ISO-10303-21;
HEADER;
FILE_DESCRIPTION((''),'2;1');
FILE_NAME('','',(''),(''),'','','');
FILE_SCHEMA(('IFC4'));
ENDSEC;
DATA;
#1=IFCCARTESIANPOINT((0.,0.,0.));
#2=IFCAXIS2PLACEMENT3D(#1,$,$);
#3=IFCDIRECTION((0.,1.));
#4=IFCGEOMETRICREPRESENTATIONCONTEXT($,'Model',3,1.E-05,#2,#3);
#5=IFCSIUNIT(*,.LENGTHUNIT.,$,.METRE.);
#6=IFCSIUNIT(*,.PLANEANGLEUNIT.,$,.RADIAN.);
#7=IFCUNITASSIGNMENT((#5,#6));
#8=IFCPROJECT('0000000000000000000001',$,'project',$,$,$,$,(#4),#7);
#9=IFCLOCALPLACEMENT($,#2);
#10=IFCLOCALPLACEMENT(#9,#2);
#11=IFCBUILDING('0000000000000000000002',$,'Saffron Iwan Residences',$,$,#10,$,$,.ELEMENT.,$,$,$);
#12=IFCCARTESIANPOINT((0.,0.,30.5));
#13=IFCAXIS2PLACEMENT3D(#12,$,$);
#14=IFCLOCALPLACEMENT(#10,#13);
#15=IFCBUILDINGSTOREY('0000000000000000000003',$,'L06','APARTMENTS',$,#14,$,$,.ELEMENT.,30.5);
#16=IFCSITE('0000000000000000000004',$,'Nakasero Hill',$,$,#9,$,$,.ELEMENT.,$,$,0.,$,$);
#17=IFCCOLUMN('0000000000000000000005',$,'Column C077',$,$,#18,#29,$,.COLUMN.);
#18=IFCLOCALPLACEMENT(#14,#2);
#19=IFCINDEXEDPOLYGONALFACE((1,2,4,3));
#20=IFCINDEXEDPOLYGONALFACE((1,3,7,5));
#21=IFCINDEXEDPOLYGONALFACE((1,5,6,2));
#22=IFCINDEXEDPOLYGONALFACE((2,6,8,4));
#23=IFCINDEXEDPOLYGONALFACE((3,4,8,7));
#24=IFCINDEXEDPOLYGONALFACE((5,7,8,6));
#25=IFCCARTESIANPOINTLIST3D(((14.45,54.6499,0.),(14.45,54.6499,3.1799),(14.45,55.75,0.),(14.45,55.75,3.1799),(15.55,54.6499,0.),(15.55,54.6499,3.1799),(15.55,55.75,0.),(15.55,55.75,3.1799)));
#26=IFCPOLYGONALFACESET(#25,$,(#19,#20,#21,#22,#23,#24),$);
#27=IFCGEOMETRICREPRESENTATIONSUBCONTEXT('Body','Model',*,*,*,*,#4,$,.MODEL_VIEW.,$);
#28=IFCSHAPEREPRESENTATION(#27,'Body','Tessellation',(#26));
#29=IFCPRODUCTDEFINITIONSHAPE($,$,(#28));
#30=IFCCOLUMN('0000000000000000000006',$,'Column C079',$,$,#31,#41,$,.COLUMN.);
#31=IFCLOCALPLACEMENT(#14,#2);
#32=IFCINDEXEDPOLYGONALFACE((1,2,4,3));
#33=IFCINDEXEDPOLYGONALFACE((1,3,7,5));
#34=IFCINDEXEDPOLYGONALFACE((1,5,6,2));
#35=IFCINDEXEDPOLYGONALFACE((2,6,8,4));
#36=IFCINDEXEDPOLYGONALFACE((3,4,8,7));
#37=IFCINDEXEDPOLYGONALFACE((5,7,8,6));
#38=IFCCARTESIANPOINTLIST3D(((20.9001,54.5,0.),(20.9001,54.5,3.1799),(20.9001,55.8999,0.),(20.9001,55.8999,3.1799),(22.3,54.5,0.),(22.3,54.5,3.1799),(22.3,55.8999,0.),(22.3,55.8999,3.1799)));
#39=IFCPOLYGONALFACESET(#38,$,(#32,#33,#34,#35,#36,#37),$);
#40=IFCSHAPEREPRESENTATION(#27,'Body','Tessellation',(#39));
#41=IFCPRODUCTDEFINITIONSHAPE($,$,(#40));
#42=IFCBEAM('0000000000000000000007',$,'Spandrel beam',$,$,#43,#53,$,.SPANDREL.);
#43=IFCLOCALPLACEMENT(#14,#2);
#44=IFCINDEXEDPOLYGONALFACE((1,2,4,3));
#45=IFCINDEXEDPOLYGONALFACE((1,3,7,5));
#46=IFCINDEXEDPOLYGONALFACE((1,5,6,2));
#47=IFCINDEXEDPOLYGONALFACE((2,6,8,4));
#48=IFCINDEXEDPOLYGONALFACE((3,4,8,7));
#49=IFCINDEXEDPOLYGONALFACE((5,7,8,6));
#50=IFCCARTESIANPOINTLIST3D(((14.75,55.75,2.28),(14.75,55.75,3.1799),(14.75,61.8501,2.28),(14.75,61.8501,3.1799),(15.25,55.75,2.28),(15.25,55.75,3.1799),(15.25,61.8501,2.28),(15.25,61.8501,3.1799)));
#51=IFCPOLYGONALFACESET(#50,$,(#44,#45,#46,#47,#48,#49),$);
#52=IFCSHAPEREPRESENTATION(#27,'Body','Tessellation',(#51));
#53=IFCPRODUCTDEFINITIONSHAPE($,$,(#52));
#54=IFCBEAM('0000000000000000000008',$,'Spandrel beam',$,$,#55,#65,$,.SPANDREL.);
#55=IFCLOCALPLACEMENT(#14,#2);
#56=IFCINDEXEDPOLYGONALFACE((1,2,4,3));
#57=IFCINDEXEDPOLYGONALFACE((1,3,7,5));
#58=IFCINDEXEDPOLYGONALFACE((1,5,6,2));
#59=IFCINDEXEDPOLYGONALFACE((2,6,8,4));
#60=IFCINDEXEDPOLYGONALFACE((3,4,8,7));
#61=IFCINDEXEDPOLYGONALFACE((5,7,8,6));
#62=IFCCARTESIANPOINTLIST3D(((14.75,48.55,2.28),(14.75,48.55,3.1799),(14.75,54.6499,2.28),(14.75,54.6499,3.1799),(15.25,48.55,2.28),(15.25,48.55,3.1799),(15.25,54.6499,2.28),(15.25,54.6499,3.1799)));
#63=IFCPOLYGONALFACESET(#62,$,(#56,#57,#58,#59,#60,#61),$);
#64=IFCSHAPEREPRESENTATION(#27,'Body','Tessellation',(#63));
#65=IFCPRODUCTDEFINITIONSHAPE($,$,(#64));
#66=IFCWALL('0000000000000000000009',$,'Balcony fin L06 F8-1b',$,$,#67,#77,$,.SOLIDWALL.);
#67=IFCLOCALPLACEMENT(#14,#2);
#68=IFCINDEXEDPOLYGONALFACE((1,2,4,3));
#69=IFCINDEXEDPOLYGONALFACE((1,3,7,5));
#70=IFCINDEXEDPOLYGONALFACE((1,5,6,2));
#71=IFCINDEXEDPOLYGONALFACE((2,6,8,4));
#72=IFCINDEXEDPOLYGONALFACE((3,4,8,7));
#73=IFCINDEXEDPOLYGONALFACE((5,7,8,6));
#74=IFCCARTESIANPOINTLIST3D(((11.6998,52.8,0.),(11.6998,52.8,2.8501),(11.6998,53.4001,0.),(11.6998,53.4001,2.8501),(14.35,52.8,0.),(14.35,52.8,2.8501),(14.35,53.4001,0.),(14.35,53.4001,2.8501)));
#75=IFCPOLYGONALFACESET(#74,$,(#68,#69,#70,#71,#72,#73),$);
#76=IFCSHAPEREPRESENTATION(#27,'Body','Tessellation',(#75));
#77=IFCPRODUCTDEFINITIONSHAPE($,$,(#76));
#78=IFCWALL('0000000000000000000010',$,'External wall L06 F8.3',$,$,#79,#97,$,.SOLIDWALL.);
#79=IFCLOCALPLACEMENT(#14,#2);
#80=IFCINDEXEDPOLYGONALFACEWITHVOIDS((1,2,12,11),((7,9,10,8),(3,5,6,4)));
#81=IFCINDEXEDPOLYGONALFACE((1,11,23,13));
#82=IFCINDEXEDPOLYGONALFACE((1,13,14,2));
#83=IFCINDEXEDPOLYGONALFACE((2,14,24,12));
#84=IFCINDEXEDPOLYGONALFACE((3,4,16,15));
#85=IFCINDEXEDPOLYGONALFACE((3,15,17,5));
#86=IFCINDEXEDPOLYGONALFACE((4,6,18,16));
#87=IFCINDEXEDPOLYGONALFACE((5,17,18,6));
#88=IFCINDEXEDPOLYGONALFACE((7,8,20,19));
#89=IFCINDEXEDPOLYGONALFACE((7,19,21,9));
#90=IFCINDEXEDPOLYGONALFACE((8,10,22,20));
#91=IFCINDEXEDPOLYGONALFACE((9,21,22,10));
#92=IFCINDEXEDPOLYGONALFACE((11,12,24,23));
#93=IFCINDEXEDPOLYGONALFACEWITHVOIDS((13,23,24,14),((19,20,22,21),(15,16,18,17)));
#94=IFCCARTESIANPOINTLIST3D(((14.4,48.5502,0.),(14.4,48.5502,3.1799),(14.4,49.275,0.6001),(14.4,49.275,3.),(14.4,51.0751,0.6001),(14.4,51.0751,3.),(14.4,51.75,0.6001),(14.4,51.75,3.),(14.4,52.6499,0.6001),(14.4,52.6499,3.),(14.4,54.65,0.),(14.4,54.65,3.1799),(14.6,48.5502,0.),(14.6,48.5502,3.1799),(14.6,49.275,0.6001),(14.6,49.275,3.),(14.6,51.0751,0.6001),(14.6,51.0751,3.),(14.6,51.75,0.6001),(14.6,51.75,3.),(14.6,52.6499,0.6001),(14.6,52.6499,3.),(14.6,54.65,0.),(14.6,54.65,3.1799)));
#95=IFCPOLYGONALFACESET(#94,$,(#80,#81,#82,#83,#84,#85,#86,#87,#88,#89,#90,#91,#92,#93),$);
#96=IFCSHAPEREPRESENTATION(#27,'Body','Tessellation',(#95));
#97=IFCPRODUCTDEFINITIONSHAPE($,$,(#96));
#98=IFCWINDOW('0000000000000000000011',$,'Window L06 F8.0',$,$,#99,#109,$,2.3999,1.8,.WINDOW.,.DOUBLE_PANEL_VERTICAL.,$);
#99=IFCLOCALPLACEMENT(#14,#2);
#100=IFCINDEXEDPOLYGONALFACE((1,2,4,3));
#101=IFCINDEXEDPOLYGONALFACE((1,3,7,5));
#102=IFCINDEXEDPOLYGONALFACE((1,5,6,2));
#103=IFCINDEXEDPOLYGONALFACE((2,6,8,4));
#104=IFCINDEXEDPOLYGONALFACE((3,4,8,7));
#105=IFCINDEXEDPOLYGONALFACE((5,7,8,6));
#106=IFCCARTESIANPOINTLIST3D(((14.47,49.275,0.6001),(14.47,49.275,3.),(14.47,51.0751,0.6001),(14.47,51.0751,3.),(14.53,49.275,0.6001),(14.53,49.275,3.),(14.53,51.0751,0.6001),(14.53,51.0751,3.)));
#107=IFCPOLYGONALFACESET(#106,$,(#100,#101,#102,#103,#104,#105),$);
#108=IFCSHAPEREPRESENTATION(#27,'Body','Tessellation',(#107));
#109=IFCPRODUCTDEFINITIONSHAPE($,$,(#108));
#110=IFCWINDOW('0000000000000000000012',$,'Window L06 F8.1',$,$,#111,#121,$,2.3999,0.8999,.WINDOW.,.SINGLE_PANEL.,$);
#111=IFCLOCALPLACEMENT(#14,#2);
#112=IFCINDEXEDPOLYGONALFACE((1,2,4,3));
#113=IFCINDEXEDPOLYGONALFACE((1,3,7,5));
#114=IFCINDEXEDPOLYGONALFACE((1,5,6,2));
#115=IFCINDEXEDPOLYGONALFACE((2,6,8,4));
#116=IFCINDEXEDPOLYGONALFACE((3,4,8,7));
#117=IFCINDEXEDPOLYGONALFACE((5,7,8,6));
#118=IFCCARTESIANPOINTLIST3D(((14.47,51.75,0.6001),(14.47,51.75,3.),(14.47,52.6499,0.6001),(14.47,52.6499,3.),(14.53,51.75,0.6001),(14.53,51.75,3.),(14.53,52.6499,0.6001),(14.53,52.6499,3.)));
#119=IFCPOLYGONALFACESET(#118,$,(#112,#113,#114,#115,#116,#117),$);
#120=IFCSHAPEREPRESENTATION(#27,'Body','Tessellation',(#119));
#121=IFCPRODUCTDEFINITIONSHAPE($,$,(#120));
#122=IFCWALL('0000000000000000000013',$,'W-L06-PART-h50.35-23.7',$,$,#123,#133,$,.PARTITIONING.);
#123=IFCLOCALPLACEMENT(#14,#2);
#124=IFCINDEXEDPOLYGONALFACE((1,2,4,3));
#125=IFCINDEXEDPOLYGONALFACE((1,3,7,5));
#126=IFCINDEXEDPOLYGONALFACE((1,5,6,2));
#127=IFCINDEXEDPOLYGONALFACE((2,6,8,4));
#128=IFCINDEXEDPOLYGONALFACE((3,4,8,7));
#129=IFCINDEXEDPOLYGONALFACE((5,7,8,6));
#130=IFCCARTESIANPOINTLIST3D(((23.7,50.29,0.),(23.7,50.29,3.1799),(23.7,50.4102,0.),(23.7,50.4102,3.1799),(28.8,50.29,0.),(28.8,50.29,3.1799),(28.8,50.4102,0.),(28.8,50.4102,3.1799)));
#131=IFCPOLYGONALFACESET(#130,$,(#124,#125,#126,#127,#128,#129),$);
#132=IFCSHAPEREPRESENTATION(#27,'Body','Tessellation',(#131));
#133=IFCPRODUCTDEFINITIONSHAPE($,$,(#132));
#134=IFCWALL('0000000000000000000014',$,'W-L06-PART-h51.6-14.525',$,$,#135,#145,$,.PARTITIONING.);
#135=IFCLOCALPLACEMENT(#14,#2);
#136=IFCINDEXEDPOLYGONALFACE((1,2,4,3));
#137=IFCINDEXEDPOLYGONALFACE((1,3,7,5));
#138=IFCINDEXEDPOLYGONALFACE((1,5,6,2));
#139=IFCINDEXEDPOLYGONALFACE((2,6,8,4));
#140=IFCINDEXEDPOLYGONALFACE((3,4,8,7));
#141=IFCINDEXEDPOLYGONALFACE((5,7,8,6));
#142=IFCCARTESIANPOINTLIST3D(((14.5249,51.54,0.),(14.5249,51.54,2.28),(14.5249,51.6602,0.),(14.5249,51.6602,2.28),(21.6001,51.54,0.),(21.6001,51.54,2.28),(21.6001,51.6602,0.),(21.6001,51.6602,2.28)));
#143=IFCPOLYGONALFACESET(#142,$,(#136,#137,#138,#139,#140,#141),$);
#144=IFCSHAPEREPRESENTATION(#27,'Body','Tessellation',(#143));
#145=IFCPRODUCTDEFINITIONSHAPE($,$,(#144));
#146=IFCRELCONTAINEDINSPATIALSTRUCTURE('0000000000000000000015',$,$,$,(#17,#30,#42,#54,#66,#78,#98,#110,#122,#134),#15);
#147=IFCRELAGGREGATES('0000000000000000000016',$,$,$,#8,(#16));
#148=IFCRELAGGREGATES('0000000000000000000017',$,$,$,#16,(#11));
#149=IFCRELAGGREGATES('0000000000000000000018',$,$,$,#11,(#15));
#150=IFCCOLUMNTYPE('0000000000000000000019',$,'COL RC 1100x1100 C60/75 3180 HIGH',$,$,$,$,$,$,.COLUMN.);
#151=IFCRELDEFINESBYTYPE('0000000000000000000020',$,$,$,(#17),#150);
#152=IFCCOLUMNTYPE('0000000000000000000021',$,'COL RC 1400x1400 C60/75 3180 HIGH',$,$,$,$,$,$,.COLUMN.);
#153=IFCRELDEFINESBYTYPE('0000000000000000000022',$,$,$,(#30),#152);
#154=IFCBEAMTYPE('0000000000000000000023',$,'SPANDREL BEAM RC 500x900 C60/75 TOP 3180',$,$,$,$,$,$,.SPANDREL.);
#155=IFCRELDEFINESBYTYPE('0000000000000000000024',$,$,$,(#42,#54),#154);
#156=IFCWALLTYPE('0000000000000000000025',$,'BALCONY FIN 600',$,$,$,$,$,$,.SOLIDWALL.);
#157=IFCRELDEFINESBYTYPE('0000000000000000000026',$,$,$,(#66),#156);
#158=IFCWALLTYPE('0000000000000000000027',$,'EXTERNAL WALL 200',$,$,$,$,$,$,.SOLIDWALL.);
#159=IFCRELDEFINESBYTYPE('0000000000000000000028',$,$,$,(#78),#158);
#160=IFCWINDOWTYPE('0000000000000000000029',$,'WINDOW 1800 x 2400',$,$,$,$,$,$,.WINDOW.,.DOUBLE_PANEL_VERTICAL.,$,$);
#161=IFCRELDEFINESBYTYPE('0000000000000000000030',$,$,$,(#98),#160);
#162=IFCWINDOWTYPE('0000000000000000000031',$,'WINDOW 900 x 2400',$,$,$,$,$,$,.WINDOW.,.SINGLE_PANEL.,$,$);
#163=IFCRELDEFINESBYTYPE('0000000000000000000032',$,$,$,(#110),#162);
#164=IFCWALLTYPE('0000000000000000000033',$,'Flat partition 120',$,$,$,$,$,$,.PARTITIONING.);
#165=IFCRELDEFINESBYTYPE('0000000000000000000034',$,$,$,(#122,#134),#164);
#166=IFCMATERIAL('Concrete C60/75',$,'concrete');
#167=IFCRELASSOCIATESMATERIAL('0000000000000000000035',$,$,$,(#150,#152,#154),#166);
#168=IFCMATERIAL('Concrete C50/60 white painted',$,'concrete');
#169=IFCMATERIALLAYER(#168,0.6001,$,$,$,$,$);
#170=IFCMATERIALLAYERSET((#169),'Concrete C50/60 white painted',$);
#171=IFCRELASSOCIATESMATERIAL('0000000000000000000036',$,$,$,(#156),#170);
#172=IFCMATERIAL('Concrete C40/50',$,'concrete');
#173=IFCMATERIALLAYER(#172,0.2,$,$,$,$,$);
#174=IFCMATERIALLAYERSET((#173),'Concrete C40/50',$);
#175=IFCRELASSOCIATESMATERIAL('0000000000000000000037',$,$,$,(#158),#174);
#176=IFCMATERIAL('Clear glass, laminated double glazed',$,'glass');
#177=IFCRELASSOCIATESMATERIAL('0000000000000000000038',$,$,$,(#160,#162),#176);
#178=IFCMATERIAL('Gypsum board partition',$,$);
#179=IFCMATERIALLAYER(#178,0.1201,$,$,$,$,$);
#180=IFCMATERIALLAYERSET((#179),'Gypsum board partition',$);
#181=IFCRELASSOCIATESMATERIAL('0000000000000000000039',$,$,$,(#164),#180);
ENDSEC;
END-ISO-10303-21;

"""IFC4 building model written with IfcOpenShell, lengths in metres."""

from ifc_helpers import new_model, si_unit, direction, frame, frame_2d, origin, origin_2d, place, context, subcontext, project, spatial, rectangle, extrude, source, transform, mapped, material, layer, layer_set, material_profile, profile_set, type_object, element, fill, save


model = new_model("IFC4")

# Units and contexts
model_context = context("Model", 3, precision=1e-05, world=origin(), true_north=direction((0.0, 1.0)))
body_context = subcontext(model_context, "Body", "Model", "MODEL_VIEW")
ifc_project = project(units=[si_unit("LENGTHUNIT", "METRE"), si_unit("PLANEANGLEUNIT", "RADIAN")], contexts=[model_context])

# Site, building, storey
site_placement = place(None, origin())
site = spatial("IfcSite", under=ifc_project, at=site_placement, Name="Nakasero Hill", CompositionType="ELEMENT", RefElevation=0.0)
building_placement = place(site_placement, origin())
building = spatial("IfcBuilding", under=site, at=building_placement, Name="Saffron Iwan Residences", CompositionType="ELEMENT")
storey_placement = place(building_placement, frame((0.0, 0.0, 30.5)))
storey = spatial("IfcBuildingStorey", under=building, at=storey_placement, Name="L06", Description="APARTMENTS", CompositionType="ELEMENT", Elevation=30.5)

# Columns
ifc_material_1 = material(Name="Concrete C60/75", Category="concrete")
ifc_material_profile_1 = material_profile(ifc_material_1, rectangle(XDim=1.1001, YDim=1.1001, at=origin_2d()), Name="RC 1100x1100")
ifc_profile_set_1 = profile_set([ifc_material_profile_1], Name="Concrete C60/75")
column_type_1 = type_object("IfcColumnType", Name="COL RC 1100x1100 C60/75 3180 HIGH", PredefinedType="COLUMN", material=ifc_profile_set_1)
shared_shape_1 = source(origin(), body_context, "Body", "SweptSolid", [
    extrude(rectangle(XDim=1.1001, YDim=1.1001, at=origin_2d()), origin(), (0.0, 0.0, 1.0), 3.1799),
])
column_1_placement = place(storey_placement, frame((15.0, 55.2, 0.0), z_axis=(0.0, 0.0, 1.0), x_axis=(1.0, 0.0, 0.0)))
element("IfcColumn", 1, at=column_1_placement, inside=storey, type_object=column_type_1, Name="Column C077", PredefinedType="COLUMN", context=body_context, shape_type="MappedRepresentation", body=[
    mapped(shared_shape_1, transform((0.0, 0.0, 0.0))),
])
ifc_material_profile_2 = material_profile(ifc_material_1, rectangle(XDim=1.3999, YDim=1.3999, at=origin_2d()), Name="RC 1400x1400")
ifc_profile_set_2 = profile_set([ifc_material_profile_2], Name="Concrete C60/75")
column_type_2 = type_object("IfcColumnType", Name="COL RC 1400x1400 C60/75 3180 HIGH", PredefinedType="COLUMN", material=ifc_profile_set_2)
shared_shape_2 = source(origin(), body_context, "Body", "SweptSolid", [
    extrude(rectangle(XDim=1.3999, YDim=1.3999, at=origin_2d()), origin(), (0.0, 0.0, 1.0), 3.1799),
])
column_2_placement = place(storey_placement, frame((21.6001, 55.2, 0.0), z_axis=(0.0, 0.0, 1.0), x_axis=(1.0, 0.0, 0.0)))
element("IfcColumn", 2, at=column_2_placement, inside=storey, type_object=column_type_2, Name="Column C079", PredefinedType="COLUMN", context=body_context, shape_type="MappedRepresentation", body=[
    mapped(shared_shape_2, transform((0.0, 0.0, 0.0))),
])

# Beams
ifc_material_profile_3 = material_profile(ifc_material_1, rectangle(XDim=0.5, YDim=0.8999, at=origin_2d()), Name="RC 500x900")
ifc_profile_set_3 = profile_set([ifc_material_profile_3], Name="Concrete C60/75")
beam_type = type_object("IfcBeamType", Name="SPANDREL BEAM RC 500x900 C60/75 TOP 3180", PredefinedType="SPANDREL", material=ifc_profile_set_3)
shared_shape_3 = source(origin(), body_context, "Body", "SweptSolid", [
    extrude(rectangle(XDim=0.5, YDim=0.8999, at=origin_2d()), origin(), (0.0, 0.0, 1.0), 6.1001),
])
beam_1_placement = place(storey_placement, frame((15.0, 55.75, 2.73), z_axis=(0.0, 1.0, 0.0), x_axis=(-1.0, 0.0, 0.0)))
element("IfcBeam", 3, at=beam_1_placement, inside=storey, type_object=beam_type, Name="Spandrel beam", PredefinedType="SPANDREL", context=body_context, shape_type="MappedRepresentation", body=[
    mapped(shared_shape_3, transform((0.0, 0.0, 0.0))),
])
shared_shape_4 = source(origin(), body_context, "Body", "SweptSolid", [
    extrude(rectangle(XDim=0.5, YDim=0.8999, at=origin_2d()), origin(), (0.0, 0.0, 1.0), 6.0999),
])
beam_2_placement = place(storey_placement, frame((15.0, 48.55, 2.73), z_axis=(0.0, 1.0, 0.0), x_axis=(-1.0, 0.0, 0.0)))
element("IfcBeam", 4, at=beam_2_placement, inside=storey, type_object=beam_type, Name="Spandrel beam", PredefinedType="SPANDREL", context=body_context, shape_type="MappedRepresentation", body=[
    mapped(shared_shape_4, transform((0.0, 0.0, 0.0))),
])

# Wall
ifc_material_2 = material(Name="Concrete C50/60 white painted", Category="concrete")
ifc_layer_1 = layer(ifc_material_2, 0.6001)
ifc_layer_set_1 = layer_set([ifc_layer_1], Name="Concrete C50/60 white painted")
wall_type_1 = type_object("IfcWallType", Name="BALCONY FIN 600", PredefinedType="SOLIDWALL", material=ifc_layer_set_1)
wall_1_placement = place(storey_placement, frame((14.3501, 53.1001, 0.0), z_axis=(0.0, 0.0, 1.0), x_axis=(-1.0, 0.0, 0.0)))
element("IfcWall", 5, at=wall_1_placement, inside=storey, type_object=wall_type_1, Name="Balcony fin L06 F8-1b", PredefinedType="SOLIDWALL", context=body_context, shape_type="SweptSolid", body=[
    extrude(rectangle(XDim=2.6501, YDim=0.6001, at=frame_2d((1.3252, 0.0))), origin(), (0.0, 0.0, 1.0), 2.8501),
])

# Wall, openings, windows
ifc_material_3 = material(Name="Concrete C40/50", Category="concrete")
ifc_layer_2 = layer(ifc_material_3, 0.2)
ifc_layer_set_2 = layer_set([ifc_layer_2], Name="Concrete C40/50")
wall_type_2 = type_object("IfcWallType", Name="EXTERNAL WALL 200", PredefinedType="SOLIDWALL", material=ifc_layer_set_2)
wall_2_placement = place(storey_placement, frame((14.5, 54.6499, 0.0), z_axis=(0.0, 0.0, 1.0), x_axis=(0.0, -1.0, 0.0)))
wall_2 = element("IfcWall", 6, at=wall_2_placement, inside=storey, type_object=wall_type_2, Name="External wall L06 F8.3", PredefinedType="SOLIDWALL", context=body_context, shape_type="SweptSolid", body=[
    extrude(rectangle(XDim=6.0999, YDim=0.2, at=frame_2d((3.0498, 0.0))), origin(), (0.0, 0.0, 1.0), 3.1799),
])
opening_1_placement = place(wall_2_placement, frame((3.575, 0.0, 0.6001)))
opening_1 = element("IfcOpeningElement", 7, at=opening_1_placement, cuts=wall_2, PredefinedType="OPENING", context=body_context, shape_type="SweptSolid", body=[
    extrude(rectangle(XDim=1.8, YDim=2.3999, at=frame_2d((0.8999, 1.2))), frame((0.0, 0.1099, 0.0), z_axis=(0.0, -1.0, 0.0), x_axis=(1.0, 0.0, 0.0)), (0.0, 0.0, 1.0), 0.22),
])
opening_2_placement = place(wall_2_placement, frame((2.0, 0.0, 0.6001)))
opening_2 = element("IfcOpeningElement", 8, at=opening_2_placement, cuts=wall_2, PredefinedType="OPENING", context=body_context, shape_type="SweptSolid", body=[
    extrude(rectangle(XDim=0.8999, YDim=2.3999, at=frame_2d((0.45, 1.2))), frame((0.0, 0.1099, 0.0), z_axis=(0.0, -1.0, 0.0), x_axis=(1.0, 0.0, 0.0)), (0.0, 0.0, 1.0), 0.22),
])
ifc_material_4 = material(Name="Clear glass, laminated double glazed", Category="glass")
window_type_1 = type_object("IfcWindowType", Name="WINDOW 1800 x 2400", PartitioningType="DOUBLE_PANEL_VERTICAL", PredefinedType="WINDOW", material=ifc_material_4)
window_1_placement = place(opening_1_placement, origin())
window_1 = element("IfcWindow", 9, at=window_1_placement, inside=storey, type_object=window_type_1, Name="Window L06 F8.0", OverallHeight=2.3999, OverallWidth=1.8, PartitioningType="DOUBLE_PANEL_VERTICAL", PredefinedType="WINDOW", context=body_context, shape_type="SweptSolid", body=[
    extrude(rectangle(XDim=1.8, YDim=2.3999, at=frame_2d((0.8999, 1.2))), frame((0.0, 0.03, 0.0), z_axis=(0.0, -1.0, 0.0), x_axis=(1.0, 0.0, 0.0)), (0.0, 0.0, 1.0), 0.0601),
])
fill(opening_1, window_1)
window_type_2 = type_object("IfcWindowType", Name="WINDOW 900 x 2400", PartitioningType="SINGLE_PANEL", PredefinedType="WINDOW", material=ifc_material_4)
window_2_placement = place(opening_2_placement, origin())
window_2 = element("IfcWindow", 10, at=window_2_placement, inside=storey, type_object=window_type_2, Name="Window L06 F8.1", OverallHeight=2.3999, OverallWidth=0.8999, PartitioningType="SINGLE_PANEL", PredefinedType="WINDOW", context=body_context, shape_type="SweptSolid", body=[
    extrude(rectangle(XDim=0.8999, YDim=2.3999, at=frame_2d((0.45, 1.2))), frame((0.0, 0.03, 0.0), z_axis=(0.0, -1.0, 0.0), x_axis=(1.0, 0.0, 0.0)), (0.0, 0.0, 1.0), 0.0601),
])
fill(opening_2, window_2)

# Walls
ifc_material_5 = material(Name="Gypsum board partition")
ifc_layer_3 = layer(ifc_material_5, 0.1201)
ifc_layer_set_3 = layer_set([ifc_layer_3], Name="Gypsum board partition")
wall_type_3 = type_object("IfcWallType", Name="Flat partition 120", PredefinedType="PARTITIONING", material=ifc_layer_set_3)
wall_3_placement = place(storey_placement, frame((23.7, 50.3501, 0.0), z_axis=(0.0, 0.0, 1.0), x_axis=(1.0, 0.0, 0.0)))
element("IfcWall", 11, at=wall_3_placement, inside=storey, type_object=wall_type_3, Name="W-L06-PART-h50.35-23.7", PredefinedType="PARTITIONING", context=body_context, shape_type="SweptSolid", body=[
    extrude(rectangle(XDim=5.1001, YDim=0.1201, at=frame_2d((2.55, 0.0))), origin(), (0.0, 0.0, 1.0), 3.1799),
])
wall_4_placement = place(storey_placement, frame((14.5249, 51.6001, 0.0), z_axis=(0.0, 0.0, 1.0), x_axis=(1.0, 0.0, 0.0)))
element("IfcWall", 12, at=wall_4_placement, inside=storey, type_object=wall_type_3, Name="W-L06-PART-h51.6-14.525", PredefinedType="PARTITIONING", context=body_context, shape_type="SweptSolid", body=[
    extrude(rectangle(XDim=7.0752, YDim=0.1201, at=frame_2d((3.5376, 0.0))), origin(), (0.0, 0.0, 1.0), 2.28),
])

save(model, "model.ifc")
